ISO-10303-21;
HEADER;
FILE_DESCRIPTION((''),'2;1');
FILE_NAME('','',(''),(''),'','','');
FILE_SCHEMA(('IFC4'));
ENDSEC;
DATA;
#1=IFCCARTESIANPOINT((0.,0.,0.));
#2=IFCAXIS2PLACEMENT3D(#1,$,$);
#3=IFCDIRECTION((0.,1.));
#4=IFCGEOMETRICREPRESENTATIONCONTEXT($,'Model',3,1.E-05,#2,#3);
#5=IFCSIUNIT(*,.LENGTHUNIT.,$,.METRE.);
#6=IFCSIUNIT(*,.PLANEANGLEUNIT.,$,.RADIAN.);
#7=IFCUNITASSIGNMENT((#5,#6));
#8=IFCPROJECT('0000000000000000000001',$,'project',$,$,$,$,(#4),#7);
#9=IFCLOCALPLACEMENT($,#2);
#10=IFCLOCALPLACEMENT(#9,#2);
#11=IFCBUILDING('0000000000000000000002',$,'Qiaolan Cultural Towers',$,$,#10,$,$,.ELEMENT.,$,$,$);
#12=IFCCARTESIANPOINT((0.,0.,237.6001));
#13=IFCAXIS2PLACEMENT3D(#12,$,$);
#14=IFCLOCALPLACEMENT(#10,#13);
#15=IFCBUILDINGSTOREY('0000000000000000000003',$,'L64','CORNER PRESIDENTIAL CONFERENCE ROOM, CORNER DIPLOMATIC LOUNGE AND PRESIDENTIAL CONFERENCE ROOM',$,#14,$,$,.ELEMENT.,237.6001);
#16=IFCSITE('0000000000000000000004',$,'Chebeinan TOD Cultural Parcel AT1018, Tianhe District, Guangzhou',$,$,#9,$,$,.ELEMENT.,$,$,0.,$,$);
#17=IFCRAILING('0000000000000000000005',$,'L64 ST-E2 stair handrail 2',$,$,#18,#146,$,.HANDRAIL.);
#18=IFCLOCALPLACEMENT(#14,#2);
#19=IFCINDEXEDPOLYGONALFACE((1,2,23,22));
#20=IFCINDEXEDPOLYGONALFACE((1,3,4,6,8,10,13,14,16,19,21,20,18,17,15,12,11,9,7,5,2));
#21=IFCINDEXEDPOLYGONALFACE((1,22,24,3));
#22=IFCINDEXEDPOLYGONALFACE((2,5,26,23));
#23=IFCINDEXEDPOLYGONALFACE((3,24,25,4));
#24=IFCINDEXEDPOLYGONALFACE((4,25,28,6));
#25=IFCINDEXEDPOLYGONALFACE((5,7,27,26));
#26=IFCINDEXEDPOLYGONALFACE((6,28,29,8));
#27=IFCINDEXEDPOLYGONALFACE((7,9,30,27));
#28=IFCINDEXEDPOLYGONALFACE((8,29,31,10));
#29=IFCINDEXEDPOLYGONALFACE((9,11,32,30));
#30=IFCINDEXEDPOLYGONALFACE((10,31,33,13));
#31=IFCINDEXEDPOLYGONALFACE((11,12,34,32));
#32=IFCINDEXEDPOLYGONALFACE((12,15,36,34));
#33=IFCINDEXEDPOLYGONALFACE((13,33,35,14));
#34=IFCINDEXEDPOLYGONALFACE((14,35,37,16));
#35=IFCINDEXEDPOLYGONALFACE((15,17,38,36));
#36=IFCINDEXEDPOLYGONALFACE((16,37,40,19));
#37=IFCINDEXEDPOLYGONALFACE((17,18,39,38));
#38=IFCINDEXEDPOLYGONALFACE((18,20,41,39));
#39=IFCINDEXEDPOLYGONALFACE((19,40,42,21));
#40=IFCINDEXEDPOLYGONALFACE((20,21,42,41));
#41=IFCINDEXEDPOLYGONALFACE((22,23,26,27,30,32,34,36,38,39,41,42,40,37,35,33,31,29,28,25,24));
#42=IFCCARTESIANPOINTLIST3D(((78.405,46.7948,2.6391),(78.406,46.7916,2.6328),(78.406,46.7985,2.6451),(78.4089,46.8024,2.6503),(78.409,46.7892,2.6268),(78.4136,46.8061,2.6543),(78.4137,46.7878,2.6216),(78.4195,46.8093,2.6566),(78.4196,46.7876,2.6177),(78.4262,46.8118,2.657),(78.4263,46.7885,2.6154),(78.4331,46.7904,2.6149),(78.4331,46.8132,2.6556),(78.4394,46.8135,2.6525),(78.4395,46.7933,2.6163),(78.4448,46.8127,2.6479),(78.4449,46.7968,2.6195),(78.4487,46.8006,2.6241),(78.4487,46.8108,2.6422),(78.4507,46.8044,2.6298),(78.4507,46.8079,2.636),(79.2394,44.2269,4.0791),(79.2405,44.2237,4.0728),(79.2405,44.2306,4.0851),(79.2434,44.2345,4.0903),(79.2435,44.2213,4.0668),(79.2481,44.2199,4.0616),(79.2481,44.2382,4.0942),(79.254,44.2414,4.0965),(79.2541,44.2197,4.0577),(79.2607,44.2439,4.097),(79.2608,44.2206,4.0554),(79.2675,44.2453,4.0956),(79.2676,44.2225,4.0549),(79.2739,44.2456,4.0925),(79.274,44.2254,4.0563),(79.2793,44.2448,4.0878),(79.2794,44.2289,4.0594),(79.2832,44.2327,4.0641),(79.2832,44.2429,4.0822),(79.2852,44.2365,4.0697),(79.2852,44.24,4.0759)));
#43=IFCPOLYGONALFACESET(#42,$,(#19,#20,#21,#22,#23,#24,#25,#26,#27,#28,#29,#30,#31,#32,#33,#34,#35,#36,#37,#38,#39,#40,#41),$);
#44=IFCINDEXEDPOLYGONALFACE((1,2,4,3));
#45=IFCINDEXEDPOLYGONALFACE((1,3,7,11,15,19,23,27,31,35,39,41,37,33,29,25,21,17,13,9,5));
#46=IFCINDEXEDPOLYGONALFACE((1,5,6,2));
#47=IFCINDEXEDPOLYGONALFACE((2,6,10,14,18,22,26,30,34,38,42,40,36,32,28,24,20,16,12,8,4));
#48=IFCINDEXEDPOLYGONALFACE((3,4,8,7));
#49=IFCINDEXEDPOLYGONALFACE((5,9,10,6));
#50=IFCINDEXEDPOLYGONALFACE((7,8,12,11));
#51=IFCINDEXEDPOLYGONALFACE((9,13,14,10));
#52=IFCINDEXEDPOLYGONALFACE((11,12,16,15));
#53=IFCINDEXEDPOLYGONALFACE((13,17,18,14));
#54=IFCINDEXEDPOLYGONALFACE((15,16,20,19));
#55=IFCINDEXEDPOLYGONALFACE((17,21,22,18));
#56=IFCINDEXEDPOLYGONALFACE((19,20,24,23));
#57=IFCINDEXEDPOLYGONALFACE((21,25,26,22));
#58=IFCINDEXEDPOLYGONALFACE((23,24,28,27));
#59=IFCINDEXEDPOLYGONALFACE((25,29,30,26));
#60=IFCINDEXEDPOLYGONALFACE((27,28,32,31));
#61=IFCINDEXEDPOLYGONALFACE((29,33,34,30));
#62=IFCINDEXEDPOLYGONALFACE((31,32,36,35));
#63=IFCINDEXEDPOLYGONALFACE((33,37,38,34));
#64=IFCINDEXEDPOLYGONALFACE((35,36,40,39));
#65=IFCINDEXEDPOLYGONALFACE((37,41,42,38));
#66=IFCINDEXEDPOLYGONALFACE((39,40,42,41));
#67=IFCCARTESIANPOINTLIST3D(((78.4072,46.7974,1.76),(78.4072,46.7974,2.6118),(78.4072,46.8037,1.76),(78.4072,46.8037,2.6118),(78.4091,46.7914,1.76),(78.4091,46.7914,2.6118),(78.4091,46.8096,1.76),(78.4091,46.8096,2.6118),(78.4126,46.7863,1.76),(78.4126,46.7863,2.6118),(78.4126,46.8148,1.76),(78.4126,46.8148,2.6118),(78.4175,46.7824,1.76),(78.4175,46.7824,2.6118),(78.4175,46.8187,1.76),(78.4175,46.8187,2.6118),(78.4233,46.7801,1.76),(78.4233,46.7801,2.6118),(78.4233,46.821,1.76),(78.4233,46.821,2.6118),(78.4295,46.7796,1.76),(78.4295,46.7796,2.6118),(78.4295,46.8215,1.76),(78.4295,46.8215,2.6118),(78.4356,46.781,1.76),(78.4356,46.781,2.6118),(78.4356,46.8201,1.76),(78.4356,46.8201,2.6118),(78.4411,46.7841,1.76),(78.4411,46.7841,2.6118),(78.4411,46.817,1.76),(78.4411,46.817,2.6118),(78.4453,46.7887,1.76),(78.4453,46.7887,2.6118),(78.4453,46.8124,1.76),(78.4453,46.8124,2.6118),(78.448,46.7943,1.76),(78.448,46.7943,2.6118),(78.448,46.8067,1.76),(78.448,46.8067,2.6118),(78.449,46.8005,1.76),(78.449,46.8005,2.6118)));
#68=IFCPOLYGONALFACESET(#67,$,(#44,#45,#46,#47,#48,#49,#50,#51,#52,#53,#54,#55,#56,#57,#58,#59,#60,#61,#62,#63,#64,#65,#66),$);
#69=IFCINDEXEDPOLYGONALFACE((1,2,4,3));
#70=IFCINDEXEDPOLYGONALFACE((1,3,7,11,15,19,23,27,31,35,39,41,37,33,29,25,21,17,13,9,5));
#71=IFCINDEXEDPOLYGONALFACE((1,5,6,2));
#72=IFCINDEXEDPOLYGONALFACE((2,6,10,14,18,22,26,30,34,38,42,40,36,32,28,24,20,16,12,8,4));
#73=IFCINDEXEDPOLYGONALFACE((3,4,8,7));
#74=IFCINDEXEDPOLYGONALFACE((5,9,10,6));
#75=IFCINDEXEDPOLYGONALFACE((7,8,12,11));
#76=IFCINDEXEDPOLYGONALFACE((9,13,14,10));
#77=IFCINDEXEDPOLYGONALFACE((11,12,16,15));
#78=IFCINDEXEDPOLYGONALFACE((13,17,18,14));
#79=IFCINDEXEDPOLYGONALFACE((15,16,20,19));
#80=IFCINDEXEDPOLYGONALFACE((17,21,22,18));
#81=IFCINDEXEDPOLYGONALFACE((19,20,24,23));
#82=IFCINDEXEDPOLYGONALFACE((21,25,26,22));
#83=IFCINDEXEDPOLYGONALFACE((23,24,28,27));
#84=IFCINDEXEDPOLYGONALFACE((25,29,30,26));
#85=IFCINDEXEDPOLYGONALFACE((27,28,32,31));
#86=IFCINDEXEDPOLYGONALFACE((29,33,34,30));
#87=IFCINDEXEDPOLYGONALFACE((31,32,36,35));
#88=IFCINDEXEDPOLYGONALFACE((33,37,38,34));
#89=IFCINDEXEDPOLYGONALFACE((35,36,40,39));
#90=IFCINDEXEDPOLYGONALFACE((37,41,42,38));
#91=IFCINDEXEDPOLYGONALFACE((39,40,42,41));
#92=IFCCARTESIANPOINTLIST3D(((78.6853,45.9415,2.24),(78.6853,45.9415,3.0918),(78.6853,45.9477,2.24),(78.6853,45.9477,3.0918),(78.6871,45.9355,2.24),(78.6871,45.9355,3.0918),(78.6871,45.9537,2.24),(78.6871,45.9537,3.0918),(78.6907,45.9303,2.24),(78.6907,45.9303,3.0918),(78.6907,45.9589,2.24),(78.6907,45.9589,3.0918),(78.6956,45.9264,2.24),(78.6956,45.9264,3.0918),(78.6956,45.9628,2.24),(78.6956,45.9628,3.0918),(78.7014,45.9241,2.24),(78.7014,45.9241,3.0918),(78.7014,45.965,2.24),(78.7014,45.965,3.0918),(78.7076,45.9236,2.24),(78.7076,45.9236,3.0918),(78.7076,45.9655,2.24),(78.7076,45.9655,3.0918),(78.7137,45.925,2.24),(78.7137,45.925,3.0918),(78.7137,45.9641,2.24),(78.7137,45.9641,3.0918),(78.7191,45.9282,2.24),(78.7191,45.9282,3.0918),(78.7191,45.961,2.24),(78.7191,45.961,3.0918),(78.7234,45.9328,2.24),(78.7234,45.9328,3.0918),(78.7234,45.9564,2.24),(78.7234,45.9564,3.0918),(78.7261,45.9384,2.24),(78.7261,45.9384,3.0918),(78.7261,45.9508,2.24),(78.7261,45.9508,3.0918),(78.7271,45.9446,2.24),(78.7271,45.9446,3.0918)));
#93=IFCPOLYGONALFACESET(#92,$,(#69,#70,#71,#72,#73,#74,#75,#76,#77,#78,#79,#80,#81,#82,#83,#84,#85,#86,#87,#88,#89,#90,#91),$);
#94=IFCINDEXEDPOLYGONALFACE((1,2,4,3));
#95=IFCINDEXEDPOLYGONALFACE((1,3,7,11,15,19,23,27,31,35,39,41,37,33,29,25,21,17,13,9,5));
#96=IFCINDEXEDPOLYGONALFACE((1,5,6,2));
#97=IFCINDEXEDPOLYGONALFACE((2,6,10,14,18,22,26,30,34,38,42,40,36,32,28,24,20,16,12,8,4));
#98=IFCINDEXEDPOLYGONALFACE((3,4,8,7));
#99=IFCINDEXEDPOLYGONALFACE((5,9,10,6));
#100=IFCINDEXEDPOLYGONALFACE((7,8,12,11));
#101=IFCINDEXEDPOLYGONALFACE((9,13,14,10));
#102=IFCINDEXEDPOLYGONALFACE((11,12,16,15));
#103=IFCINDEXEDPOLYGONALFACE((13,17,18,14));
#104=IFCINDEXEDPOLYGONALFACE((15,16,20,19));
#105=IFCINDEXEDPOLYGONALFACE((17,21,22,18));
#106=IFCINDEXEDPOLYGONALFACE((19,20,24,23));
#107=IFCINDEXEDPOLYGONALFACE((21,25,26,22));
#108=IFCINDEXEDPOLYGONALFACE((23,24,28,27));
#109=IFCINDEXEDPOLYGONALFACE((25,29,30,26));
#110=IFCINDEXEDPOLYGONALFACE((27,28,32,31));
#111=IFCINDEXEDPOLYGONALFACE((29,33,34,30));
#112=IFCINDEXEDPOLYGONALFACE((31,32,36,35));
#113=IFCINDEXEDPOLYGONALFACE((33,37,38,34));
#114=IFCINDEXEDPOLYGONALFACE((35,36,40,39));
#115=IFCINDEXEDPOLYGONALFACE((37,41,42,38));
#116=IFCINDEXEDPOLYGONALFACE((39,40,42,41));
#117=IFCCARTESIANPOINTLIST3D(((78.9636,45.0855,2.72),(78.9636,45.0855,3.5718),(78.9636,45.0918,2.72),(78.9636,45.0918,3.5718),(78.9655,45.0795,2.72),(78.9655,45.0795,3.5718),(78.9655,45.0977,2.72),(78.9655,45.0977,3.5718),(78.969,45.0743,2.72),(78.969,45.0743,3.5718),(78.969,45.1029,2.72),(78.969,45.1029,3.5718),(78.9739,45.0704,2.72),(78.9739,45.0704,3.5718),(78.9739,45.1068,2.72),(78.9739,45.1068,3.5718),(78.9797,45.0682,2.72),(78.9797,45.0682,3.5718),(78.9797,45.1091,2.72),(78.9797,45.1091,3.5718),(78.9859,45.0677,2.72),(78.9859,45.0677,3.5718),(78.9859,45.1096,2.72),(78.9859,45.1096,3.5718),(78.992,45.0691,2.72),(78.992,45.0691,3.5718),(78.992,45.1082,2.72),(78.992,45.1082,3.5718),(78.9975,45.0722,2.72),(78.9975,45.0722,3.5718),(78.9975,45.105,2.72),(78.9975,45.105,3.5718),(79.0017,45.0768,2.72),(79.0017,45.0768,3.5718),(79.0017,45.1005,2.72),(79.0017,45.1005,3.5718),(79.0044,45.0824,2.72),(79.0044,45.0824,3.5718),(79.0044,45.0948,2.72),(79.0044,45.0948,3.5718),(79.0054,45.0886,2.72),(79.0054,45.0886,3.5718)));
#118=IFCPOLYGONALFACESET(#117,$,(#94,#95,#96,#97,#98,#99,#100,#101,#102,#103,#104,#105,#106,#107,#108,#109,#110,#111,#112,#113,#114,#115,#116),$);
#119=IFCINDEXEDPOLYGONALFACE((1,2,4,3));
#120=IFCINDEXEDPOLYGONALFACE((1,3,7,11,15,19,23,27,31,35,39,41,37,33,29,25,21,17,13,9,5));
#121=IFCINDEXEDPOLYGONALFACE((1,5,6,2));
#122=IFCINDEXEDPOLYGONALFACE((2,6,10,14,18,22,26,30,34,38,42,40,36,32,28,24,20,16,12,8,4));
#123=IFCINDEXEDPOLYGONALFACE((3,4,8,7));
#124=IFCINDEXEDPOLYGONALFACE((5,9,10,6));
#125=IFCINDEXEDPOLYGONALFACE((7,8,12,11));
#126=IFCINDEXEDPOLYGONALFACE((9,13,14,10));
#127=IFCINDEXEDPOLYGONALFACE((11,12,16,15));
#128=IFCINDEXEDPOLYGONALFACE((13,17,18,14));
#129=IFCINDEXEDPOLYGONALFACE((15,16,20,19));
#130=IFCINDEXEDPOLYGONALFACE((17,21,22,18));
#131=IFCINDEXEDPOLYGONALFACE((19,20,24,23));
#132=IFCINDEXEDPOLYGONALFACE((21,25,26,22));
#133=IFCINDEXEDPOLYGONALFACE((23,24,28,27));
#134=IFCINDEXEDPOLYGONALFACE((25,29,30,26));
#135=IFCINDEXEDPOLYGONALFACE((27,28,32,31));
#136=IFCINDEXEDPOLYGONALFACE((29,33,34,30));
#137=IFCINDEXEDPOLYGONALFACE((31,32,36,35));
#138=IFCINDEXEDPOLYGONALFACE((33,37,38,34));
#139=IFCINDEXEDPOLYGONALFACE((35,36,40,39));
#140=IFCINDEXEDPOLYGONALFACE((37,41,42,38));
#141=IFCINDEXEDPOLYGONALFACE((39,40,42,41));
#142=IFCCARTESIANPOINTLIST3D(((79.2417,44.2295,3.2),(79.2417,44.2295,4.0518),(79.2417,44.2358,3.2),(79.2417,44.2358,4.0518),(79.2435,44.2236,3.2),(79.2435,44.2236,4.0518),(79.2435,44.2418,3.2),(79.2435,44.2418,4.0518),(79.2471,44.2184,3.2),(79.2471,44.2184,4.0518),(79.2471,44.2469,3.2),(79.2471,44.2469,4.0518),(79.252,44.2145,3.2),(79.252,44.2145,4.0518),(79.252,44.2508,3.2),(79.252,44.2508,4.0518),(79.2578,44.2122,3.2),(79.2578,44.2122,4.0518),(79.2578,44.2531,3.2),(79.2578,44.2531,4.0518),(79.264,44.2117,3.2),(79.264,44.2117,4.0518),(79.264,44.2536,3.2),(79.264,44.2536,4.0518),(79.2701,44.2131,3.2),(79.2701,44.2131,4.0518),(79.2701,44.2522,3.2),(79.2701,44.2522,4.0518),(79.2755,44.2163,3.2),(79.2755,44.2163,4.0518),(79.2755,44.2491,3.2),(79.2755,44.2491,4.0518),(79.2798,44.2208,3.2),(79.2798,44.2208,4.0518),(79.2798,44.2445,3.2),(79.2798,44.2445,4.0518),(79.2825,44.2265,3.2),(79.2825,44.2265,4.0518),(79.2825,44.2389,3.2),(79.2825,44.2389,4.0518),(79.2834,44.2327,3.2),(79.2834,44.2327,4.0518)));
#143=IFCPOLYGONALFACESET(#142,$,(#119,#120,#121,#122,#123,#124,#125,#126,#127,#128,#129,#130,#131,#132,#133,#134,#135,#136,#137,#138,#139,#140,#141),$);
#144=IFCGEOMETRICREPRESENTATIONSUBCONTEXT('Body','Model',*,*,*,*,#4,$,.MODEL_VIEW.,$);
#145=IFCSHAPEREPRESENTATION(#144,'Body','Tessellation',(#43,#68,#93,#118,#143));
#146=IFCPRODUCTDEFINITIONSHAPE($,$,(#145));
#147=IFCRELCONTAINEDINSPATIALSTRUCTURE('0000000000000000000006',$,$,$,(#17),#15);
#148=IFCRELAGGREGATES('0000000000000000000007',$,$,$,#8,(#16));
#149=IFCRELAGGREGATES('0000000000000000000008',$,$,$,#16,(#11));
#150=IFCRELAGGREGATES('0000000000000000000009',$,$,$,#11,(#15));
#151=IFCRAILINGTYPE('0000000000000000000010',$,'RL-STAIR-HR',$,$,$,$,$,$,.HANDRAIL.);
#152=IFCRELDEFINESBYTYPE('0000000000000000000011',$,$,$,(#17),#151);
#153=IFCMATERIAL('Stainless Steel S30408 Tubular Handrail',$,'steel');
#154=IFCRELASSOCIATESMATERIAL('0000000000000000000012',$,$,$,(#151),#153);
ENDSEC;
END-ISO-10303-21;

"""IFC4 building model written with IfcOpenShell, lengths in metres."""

from ifc_helpers import new_model, si_unit, direction, frame, origin, origin_2d, place, context, subcontext, project, spatial, circle, extrude, material, type_object, element, save


model = new_model("IFC4")

# Units and contexts
model_context = context("Model", 3, precision=1e-05, world=origin(), true_north=direction((0.0, 1.0)))
body_context = subcontext(model_context, "Body", "Model", "MODEL_VIEW")
ifc_project = project(units=[si_unit("LENGTHUNIT", "METRE"), si_unit("PLANEANGLEUNIT", "RADIAN")], contexts=[model_context])

# Site, building, storey
site_placement = place(None, origin())
site = spatial("IfcSite", under=ifc_project, at=site_placement, Name="Chebeinan TOD Cultural Parcel AT1018, Tianhe District, Guangzhou", CompositionType="ELEMENT", RefElevation=0.0)
building_placement = place(site_placement, origin())
building = spatial("IfcBuilding", under=site, at=building_placement, Name="Qiaolan Cultural Towers", CompositionType="ELEMENT")
storey_placement = place(building_placement, frame((0.0, 0.0, 237.6001)))
storey = spatial("IfcBuildingStorey", under=building, at=storey_placement, Name="L64", Description="CORNER PRESIDENTIAL CONFERENCE ROOM, CORNER DIPLOMATIC LOUNGE AND PRESIDENTIAL CONFERENCE ROOM", CompositionType="ELEMENT", Elevation=237.6001)

# Railing
ifc_material_1 = material(Name="Stainless Steel S30408 Tubular Handrail", Category="steel")
railing_type_1 = type_object("IfcRailingType", Name="RL-STAIR-HR", PredefinedType="HANDRAIL", material=ifc_material_1)
railing_1_placement = place(storey_placement, frame((78.428, 46.8005, 1.76)))
element("IfcRailing", 1, at=railing_1_placement, inside=storey, type_object=railing_type_1, Name="L64 ST-E2 stair handrail 2", PredefinedType="HANDRAIL", context=body_context, shape_type="SweptSolid", body=[
    extrude(circle(Radius=0.0239, at=origin_2d()), frame((0.0, 0.0, 0.876), z_axis=(0.272701, -0.839167, 0.470566), x_axis=(0.951043, 0.309057, 0.0)), (0.0, 0.0, 1.0), 3.0601),
    extrude(circle(Radius=0.021, at=origin_2d()), origin(), (0.0, 0.0, 1.0), 0.8518),
    extrude(circle(Radius=0.021, at=origin_2d()), frame((0.2781, -0.856, 0.48)), (0.0, 0.0, 1.0), 0.8518),
    extrude(circle(Radius=0.021, at=origin_2d()), frame((0.5564, -1.7119, 0.96)), (0.0, 0.0, 1.0), 0.8518),
    extrude(circle(Radius=0.021, at=origin_2d()), frame((0.8345, -2.5679, 1.4399)), (0.0, 0.0, 1.0), 0.8518),
])

save(model, "model.ifc")
